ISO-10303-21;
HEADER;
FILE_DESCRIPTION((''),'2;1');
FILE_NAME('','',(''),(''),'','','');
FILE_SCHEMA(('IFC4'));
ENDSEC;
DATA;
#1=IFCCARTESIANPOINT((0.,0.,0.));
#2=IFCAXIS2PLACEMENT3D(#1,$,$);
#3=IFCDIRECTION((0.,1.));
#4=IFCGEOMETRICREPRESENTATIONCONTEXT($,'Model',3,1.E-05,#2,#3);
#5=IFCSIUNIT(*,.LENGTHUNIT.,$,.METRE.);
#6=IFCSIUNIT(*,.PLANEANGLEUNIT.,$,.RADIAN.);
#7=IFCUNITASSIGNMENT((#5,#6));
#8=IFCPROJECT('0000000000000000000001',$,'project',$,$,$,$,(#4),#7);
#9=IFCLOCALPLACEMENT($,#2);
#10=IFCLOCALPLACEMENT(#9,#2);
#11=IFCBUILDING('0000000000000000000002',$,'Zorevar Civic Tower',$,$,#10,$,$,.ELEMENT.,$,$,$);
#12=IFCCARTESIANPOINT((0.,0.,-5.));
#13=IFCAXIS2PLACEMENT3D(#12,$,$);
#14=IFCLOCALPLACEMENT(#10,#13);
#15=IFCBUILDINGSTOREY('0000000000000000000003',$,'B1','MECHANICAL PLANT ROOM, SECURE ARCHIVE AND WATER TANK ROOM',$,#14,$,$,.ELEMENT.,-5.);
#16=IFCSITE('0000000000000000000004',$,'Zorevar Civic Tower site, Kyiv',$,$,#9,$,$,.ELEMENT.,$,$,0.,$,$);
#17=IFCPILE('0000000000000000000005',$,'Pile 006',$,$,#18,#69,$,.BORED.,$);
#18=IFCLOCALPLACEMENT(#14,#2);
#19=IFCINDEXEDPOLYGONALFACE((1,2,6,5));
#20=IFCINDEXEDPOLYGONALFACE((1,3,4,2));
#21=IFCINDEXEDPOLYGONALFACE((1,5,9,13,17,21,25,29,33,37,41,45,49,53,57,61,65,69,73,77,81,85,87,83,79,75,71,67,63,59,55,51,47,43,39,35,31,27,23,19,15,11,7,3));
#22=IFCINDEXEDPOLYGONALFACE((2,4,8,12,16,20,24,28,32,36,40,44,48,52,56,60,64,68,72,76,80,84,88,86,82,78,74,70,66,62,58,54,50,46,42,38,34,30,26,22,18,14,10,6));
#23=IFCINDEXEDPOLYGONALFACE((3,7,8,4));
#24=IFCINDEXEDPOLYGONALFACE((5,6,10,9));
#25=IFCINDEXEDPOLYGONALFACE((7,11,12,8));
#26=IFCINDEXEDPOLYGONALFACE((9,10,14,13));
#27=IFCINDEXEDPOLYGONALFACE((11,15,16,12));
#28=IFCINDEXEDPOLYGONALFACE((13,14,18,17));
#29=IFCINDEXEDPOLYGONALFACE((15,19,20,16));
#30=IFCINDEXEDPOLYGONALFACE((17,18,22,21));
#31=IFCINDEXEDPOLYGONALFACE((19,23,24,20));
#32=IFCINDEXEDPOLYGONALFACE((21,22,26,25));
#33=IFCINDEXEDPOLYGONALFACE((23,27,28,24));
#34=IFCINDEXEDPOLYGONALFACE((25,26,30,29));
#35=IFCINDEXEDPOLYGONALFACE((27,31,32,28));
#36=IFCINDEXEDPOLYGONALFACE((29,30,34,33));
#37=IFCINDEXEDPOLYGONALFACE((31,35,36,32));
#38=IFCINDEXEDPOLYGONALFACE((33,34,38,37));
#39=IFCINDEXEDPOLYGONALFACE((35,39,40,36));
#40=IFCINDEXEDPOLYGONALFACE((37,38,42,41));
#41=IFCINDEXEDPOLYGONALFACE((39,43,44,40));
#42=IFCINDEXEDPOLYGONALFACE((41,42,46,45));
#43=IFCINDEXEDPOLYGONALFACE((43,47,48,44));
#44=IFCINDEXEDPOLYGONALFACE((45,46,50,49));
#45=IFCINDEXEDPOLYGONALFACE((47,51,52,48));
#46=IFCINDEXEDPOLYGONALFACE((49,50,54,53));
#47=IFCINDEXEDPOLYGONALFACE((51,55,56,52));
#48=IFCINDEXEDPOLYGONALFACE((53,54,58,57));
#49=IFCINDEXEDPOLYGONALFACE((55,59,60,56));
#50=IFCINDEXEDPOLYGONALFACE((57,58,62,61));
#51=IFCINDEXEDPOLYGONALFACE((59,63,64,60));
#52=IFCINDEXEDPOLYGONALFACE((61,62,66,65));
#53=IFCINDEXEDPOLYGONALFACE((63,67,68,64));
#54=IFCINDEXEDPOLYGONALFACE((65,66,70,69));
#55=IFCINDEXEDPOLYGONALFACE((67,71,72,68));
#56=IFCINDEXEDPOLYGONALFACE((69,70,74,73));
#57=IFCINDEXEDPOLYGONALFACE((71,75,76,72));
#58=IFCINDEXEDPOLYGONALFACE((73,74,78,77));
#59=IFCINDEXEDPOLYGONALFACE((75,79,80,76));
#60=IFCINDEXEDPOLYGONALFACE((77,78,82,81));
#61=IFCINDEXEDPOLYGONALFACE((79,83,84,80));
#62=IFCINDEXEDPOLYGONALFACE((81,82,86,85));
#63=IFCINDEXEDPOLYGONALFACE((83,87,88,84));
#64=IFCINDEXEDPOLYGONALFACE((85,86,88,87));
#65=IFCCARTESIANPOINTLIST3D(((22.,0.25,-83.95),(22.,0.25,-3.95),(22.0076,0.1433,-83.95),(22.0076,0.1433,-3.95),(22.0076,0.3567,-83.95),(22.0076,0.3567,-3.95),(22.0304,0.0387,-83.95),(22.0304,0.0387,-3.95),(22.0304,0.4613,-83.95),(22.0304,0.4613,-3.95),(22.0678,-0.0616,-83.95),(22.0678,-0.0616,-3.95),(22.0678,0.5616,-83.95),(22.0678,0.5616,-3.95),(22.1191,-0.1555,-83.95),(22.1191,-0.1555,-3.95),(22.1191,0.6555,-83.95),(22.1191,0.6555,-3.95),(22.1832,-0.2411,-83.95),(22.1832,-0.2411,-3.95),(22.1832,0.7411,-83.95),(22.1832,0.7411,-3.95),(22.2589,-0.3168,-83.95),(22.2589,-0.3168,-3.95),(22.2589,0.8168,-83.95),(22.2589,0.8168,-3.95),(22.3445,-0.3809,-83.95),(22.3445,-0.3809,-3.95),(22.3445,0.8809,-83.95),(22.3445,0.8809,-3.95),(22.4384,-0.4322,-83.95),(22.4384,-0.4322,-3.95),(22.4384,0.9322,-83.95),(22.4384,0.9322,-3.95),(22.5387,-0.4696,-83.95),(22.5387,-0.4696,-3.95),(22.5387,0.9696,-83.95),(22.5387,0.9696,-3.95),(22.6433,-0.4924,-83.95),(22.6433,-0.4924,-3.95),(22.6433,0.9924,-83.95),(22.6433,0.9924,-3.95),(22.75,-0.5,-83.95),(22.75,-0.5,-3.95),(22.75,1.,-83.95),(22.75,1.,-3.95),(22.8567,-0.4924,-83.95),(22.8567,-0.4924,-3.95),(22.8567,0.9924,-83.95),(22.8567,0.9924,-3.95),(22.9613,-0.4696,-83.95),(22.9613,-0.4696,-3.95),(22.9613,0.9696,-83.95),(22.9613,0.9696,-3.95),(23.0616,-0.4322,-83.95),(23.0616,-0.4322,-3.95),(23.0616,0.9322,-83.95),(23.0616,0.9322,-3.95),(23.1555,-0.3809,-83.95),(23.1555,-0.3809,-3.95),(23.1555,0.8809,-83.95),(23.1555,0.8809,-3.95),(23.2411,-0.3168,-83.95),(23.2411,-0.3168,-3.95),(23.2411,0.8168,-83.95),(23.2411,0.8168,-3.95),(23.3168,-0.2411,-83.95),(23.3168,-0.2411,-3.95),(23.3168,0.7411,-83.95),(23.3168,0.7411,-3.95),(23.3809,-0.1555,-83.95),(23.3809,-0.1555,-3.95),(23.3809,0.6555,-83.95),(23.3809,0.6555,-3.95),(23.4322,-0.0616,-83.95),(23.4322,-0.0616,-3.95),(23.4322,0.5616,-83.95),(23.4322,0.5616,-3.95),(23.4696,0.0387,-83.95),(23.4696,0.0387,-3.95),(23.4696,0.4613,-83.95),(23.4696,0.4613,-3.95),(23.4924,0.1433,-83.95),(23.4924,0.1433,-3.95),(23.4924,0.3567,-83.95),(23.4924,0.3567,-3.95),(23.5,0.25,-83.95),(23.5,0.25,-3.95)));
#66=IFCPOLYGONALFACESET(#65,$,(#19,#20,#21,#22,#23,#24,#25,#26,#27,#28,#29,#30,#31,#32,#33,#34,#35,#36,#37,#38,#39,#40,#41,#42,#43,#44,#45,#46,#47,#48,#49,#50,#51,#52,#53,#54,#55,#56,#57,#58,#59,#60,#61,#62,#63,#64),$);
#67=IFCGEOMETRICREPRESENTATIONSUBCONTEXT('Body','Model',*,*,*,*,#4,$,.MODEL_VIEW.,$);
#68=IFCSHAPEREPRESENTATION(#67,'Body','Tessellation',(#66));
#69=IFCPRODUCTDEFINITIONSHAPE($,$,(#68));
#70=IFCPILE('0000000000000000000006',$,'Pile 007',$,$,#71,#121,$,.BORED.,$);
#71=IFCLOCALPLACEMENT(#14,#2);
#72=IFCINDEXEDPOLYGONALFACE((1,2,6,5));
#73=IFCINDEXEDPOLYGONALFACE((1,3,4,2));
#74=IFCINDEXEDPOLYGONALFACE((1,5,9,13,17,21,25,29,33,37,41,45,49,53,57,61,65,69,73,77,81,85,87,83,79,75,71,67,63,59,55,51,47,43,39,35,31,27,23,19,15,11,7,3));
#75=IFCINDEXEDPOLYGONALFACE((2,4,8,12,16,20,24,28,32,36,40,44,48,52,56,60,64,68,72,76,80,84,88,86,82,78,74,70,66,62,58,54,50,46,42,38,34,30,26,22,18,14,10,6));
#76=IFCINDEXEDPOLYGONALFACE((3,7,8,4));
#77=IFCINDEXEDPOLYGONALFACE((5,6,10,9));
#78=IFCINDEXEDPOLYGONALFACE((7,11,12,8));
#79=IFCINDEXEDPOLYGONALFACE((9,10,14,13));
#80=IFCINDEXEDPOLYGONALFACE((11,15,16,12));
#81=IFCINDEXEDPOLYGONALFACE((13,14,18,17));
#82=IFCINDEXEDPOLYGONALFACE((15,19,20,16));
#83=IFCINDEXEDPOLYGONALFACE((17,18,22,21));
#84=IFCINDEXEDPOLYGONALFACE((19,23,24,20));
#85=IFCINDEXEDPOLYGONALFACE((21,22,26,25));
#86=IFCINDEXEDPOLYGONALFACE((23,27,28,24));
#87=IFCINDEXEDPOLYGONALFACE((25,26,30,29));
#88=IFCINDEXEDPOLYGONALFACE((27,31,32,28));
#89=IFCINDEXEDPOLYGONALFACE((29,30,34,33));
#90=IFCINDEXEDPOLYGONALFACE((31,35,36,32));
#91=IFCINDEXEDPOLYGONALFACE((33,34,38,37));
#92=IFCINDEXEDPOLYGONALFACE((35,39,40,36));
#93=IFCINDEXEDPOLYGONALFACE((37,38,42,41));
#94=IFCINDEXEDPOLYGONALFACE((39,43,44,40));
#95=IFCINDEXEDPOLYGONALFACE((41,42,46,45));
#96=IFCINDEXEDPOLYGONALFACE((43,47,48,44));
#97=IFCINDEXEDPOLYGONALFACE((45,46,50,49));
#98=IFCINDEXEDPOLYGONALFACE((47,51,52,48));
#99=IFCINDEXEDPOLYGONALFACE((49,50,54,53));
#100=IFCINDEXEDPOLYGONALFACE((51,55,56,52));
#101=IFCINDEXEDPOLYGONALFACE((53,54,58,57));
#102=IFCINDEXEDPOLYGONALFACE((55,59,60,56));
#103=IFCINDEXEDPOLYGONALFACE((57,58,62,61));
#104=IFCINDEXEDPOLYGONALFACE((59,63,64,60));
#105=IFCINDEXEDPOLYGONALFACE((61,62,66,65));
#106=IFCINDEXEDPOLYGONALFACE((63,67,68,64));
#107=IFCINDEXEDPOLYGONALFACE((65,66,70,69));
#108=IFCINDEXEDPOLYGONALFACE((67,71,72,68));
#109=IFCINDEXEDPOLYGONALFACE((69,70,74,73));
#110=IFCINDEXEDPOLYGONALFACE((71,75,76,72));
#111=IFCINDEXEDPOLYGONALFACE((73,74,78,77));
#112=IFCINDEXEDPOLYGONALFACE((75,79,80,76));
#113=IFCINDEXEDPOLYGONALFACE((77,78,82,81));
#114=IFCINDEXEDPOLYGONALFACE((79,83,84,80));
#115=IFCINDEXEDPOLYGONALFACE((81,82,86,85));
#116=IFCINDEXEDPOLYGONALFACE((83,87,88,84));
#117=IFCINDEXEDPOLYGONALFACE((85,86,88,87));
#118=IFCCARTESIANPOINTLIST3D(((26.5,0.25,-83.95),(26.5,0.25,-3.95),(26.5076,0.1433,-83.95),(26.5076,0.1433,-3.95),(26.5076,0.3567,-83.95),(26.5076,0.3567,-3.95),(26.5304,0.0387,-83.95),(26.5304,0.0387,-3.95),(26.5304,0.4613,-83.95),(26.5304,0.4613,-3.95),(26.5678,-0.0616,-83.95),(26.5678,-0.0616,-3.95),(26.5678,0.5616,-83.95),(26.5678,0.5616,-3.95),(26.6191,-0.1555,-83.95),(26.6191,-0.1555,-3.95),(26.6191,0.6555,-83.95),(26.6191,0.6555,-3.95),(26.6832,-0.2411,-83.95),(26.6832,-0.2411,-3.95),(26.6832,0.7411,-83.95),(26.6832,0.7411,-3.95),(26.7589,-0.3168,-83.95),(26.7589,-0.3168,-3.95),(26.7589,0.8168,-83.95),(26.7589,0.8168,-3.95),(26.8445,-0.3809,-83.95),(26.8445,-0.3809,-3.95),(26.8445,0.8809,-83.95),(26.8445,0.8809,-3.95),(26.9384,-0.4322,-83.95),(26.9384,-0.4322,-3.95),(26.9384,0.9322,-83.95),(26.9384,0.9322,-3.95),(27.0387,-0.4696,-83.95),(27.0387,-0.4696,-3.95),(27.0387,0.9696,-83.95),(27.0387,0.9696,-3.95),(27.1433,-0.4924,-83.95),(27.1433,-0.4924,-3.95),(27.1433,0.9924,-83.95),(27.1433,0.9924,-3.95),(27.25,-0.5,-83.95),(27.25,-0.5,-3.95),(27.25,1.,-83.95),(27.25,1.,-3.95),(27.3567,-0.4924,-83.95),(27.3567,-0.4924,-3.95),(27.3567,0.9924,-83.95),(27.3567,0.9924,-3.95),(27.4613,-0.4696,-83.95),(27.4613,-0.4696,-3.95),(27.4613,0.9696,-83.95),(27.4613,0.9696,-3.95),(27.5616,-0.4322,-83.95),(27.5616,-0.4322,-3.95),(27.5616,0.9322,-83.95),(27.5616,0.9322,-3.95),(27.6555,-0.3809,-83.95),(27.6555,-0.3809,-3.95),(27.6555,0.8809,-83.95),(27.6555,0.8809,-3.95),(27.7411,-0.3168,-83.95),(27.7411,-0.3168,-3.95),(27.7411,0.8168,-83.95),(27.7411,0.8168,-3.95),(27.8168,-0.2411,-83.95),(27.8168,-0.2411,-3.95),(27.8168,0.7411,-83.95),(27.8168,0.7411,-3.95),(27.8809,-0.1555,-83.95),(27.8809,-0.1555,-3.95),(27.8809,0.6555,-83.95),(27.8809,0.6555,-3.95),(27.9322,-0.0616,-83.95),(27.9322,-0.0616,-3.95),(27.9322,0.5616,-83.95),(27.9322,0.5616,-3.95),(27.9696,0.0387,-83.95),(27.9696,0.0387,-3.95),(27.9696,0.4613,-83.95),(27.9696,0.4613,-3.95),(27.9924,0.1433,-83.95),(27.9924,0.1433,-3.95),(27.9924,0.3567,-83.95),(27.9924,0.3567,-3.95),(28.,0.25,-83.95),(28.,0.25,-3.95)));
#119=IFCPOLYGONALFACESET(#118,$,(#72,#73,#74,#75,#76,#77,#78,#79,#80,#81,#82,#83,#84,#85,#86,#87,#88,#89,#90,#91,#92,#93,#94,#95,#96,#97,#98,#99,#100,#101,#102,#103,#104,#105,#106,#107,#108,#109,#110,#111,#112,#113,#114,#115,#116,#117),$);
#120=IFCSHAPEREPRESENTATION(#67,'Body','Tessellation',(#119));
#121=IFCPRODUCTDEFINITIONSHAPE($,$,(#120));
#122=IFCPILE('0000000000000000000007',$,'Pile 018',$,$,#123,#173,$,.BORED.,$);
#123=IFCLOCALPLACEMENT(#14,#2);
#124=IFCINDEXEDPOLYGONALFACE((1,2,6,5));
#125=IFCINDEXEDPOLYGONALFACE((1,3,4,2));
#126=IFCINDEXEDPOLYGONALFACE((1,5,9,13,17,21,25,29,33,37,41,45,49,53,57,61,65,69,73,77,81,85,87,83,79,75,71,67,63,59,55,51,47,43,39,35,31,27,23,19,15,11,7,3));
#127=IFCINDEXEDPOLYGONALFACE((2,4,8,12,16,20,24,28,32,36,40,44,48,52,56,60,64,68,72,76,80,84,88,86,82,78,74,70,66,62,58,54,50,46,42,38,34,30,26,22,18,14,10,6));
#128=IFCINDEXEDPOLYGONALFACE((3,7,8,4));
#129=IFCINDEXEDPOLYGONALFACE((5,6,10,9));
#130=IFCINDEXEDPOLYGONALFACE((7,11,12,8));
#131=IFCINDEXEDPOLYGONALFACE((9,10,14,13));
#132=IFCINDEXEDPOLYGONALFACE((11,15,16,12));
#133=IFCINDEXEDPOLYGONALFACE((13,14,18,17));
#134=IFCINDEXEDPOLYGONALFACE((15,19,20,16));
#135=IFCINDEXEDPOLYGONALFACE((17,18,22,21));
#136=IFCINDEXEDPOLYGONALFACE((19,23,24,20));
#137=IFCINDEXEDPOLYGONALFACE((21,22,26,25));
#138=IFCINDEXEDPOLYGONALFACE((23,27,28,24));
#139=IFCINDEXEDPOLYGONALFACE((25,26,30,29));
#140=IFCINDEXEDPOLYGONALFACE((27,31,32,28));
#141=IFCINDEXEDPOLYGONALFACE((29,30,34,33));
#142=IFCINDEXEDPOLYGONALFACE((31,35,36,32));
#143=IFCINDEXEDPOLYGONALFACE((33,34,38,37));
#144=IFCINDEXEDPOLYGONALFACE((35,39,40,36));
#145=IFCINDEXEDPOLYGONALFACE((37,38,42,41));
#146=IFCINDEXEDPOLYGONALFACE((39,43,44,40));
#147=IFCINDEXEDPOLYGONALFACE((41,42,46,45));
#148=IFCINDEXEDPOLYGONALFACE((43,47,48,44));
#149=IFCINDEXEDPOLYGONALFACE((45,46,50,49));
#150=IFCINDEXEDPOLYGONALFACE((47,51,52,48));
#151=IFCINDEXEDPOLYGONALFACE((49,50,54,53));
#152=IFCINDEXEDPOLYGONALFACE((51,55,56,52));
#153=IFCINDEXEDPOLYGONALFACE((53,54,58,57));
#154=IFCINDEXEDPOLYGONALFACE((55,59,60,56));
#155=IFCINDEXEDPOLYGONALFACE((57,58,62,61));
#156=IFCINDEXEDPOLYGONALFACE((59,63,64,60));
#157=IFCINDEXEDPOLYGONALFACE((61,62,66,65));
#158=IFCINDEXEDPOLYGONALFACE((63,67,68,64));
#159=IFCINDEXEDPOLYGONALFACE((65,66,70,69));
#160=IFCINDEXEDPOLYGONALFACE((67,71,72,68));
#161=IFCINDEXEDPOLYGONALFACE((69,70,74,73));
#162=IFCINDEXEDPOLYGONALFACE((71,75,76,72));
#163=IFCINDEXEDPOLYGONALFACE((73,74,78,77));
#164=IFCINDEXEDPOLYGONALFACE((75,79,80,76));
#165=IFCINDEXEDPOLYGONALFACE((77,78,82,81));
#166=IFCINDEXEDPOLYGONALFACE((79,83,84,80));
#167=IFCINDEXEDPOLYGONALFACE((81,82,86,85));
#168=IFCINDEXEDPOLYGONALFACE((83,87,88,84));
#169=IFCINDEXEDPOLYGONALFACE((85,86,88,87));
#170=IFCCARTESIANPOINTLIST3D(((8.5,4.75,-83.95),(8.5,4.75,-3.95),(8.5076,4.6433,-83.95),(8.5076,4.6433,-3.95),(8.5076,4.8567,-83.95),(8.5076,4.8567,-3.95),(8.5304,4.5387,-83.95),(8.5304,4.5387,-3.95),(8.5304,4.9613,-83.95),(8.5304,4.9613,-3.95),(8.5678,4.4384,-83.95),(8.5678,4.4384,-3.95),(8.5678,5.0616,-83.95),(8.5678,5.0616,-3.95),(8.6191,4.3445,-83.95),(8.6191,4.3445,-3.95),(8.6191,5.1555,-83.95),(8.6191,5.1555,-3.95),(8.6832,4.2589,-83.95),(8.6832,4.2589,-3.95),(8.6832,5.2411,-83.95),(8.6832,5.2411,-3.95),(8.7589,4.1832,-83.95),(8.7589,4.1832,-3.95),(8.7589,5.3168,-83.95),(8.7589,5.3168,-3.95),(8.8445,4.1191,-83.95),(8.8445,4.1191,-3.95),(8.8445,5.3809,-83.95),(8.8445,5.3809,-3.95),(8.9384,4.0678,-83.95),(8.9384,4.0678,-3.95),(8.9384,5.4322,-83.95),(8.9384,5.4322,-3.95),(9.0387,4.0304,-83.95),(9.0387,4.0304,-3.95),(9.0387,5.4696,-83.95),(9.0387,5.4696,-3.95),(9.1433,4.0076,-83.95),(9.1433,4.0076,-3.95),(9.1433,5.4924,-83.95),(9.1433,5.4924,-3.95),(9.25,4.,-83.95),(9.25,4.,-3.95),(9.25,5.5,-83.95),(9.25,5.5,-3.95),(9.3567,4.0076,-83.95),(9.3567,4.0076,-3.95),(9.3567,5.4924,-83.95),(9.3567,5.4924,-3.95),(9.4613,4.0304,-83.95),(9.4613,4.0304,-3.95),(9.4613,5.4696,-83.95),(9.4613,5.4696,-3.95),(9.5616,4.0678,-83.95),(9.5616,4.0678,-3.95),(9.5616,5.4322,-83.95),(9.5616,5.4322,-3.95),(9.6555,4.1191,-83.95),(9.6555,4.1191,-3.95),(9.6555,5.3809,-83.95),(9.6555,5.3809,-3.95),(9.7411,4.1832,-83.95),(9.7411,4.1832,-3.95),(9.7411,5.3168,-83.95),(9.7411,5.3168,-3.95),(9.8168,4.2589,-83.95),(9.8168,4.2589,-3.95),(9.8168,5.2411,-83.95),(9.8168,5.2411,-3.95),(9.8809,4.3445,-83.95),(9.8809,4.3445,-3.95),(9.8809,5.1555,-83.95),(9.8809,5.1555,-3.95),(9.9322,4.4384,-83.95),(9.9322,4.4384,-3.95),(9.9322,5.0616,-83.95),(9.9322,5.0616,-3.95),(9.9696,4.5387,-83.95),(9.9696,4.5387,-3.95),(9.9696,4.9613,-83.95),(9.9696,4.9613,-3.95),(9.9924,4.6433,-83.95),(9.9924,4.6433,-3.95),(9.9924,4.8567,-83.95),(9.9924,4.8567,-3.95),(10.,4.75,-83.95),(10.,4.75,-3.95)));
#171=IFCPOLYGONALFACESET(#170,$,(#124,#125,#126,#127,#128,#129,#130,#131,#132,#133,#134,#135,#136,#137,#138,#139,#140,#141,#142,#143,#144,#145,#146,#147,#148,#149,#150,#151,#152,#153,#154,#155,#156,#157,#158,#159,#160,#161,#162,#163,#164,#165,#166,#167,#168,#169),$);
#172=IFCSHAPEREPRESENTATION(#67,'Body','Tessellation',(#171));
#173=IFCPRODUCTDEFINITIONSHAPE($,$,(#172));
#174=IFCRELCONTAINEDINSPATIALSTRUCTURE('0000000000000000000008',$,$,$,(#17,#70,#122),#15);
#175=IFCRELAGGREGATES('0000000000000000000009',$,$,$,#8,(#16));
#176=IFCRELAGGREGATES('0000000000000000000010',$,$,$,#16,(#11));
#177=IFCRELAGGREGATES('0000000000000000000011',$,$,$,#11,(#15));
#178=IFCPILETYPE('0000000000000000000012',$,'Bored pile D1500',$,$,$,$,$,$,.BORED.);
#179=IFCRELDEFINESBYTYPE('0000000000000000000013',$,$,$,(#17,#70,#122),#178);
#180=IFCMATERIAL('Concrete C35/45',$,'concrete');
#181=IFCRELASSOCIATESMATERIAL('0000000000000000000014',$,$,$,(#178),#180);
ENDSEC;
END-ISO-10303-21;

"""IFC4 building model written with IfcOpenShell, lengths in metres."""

from ifc_helpers import new_model, si_unit, direction, frame, origin, origin_2d, place, context, subcontext, project, spatial, circle, extrude, material, type_object, element, save


model = new_model("IFC4")

# Units and contexts
model_context = context("Model", 3, precision=1e-05, world=origin(), true_north=direction((0.0, 1.0)))
body_context = subcontext(model_context, "Body", "Model", "MODEL_VIEW")
ifc_project = project(units=[si_unit("LENGTHUNIT", "METRE"), si_unit("PLANEANGLEUNIT", "RADIAN")], contexts=[model_context])

# Site, building, storey
site_placement = place(None, origin())
site = spatial("IfcSite", under=ifc_project, at=site_placement, Name="Zorevar Civic Tower site, Kyiv", CompositionType="ELEMENT", RefElevation=0.0)
building_placement = place(site_placement, origin())
building = spatial("IfcBuilding", under=site, at=building_placement, Name="Zorevar Civic Tower", CompositionType="ELEMENT")
storey_placement = place(building_placement, frame((0.0, 0.0, -5.0)))
storey = spatial("IfcBuildingStorey", under=building, at=storey_placement, Name="B1", Description="MECHANICAL PLANT ROOM, SECURE ARCHIVE AND WATER TANK ROOM", CompositionType="ELEMENT", Elevation=-5.0)

# Piles
ifc_material_1 = material(Name="Concrete C35/45", Category="concrete")
pile_type = type_object("IfcPileType", Name="Bored pile D1500", PredefinedType="BORED", material=ifc_material_1)
for number, where, z_axis, x_axis, name in (
    (1, (22.75, 0.25, -3.95), (0.0, 0.0, -1.0), (1.0, 0.0, 0.0), "Pile 006"),
    (2, (27.25, 0.25, -3.95), (0.0, 0.0, -1.0), (1.0, 0.0, 0.0), "Pile 007"),
    (3, (9.25, 4.75, -3.95), (0.0, 0.0, -1.0), (1.0, 0.0, 0.0), "Pile 018"),
):
    element("IfcPile", number, at=place(storey_placement, frame(where, z_axis=z_axis, x_axis=x_axis)), inside=storey, type_object=pile_type, Name=name, PredefinedType="BORED", context=body_context, shape_type="SweptSolid", body=[
        extrude(circle(Radius=0.75, at=origin_2d()), origin(), (0.0, 0.0, 1.0), 80.0),
    ])

save(model, "model.ifc")
